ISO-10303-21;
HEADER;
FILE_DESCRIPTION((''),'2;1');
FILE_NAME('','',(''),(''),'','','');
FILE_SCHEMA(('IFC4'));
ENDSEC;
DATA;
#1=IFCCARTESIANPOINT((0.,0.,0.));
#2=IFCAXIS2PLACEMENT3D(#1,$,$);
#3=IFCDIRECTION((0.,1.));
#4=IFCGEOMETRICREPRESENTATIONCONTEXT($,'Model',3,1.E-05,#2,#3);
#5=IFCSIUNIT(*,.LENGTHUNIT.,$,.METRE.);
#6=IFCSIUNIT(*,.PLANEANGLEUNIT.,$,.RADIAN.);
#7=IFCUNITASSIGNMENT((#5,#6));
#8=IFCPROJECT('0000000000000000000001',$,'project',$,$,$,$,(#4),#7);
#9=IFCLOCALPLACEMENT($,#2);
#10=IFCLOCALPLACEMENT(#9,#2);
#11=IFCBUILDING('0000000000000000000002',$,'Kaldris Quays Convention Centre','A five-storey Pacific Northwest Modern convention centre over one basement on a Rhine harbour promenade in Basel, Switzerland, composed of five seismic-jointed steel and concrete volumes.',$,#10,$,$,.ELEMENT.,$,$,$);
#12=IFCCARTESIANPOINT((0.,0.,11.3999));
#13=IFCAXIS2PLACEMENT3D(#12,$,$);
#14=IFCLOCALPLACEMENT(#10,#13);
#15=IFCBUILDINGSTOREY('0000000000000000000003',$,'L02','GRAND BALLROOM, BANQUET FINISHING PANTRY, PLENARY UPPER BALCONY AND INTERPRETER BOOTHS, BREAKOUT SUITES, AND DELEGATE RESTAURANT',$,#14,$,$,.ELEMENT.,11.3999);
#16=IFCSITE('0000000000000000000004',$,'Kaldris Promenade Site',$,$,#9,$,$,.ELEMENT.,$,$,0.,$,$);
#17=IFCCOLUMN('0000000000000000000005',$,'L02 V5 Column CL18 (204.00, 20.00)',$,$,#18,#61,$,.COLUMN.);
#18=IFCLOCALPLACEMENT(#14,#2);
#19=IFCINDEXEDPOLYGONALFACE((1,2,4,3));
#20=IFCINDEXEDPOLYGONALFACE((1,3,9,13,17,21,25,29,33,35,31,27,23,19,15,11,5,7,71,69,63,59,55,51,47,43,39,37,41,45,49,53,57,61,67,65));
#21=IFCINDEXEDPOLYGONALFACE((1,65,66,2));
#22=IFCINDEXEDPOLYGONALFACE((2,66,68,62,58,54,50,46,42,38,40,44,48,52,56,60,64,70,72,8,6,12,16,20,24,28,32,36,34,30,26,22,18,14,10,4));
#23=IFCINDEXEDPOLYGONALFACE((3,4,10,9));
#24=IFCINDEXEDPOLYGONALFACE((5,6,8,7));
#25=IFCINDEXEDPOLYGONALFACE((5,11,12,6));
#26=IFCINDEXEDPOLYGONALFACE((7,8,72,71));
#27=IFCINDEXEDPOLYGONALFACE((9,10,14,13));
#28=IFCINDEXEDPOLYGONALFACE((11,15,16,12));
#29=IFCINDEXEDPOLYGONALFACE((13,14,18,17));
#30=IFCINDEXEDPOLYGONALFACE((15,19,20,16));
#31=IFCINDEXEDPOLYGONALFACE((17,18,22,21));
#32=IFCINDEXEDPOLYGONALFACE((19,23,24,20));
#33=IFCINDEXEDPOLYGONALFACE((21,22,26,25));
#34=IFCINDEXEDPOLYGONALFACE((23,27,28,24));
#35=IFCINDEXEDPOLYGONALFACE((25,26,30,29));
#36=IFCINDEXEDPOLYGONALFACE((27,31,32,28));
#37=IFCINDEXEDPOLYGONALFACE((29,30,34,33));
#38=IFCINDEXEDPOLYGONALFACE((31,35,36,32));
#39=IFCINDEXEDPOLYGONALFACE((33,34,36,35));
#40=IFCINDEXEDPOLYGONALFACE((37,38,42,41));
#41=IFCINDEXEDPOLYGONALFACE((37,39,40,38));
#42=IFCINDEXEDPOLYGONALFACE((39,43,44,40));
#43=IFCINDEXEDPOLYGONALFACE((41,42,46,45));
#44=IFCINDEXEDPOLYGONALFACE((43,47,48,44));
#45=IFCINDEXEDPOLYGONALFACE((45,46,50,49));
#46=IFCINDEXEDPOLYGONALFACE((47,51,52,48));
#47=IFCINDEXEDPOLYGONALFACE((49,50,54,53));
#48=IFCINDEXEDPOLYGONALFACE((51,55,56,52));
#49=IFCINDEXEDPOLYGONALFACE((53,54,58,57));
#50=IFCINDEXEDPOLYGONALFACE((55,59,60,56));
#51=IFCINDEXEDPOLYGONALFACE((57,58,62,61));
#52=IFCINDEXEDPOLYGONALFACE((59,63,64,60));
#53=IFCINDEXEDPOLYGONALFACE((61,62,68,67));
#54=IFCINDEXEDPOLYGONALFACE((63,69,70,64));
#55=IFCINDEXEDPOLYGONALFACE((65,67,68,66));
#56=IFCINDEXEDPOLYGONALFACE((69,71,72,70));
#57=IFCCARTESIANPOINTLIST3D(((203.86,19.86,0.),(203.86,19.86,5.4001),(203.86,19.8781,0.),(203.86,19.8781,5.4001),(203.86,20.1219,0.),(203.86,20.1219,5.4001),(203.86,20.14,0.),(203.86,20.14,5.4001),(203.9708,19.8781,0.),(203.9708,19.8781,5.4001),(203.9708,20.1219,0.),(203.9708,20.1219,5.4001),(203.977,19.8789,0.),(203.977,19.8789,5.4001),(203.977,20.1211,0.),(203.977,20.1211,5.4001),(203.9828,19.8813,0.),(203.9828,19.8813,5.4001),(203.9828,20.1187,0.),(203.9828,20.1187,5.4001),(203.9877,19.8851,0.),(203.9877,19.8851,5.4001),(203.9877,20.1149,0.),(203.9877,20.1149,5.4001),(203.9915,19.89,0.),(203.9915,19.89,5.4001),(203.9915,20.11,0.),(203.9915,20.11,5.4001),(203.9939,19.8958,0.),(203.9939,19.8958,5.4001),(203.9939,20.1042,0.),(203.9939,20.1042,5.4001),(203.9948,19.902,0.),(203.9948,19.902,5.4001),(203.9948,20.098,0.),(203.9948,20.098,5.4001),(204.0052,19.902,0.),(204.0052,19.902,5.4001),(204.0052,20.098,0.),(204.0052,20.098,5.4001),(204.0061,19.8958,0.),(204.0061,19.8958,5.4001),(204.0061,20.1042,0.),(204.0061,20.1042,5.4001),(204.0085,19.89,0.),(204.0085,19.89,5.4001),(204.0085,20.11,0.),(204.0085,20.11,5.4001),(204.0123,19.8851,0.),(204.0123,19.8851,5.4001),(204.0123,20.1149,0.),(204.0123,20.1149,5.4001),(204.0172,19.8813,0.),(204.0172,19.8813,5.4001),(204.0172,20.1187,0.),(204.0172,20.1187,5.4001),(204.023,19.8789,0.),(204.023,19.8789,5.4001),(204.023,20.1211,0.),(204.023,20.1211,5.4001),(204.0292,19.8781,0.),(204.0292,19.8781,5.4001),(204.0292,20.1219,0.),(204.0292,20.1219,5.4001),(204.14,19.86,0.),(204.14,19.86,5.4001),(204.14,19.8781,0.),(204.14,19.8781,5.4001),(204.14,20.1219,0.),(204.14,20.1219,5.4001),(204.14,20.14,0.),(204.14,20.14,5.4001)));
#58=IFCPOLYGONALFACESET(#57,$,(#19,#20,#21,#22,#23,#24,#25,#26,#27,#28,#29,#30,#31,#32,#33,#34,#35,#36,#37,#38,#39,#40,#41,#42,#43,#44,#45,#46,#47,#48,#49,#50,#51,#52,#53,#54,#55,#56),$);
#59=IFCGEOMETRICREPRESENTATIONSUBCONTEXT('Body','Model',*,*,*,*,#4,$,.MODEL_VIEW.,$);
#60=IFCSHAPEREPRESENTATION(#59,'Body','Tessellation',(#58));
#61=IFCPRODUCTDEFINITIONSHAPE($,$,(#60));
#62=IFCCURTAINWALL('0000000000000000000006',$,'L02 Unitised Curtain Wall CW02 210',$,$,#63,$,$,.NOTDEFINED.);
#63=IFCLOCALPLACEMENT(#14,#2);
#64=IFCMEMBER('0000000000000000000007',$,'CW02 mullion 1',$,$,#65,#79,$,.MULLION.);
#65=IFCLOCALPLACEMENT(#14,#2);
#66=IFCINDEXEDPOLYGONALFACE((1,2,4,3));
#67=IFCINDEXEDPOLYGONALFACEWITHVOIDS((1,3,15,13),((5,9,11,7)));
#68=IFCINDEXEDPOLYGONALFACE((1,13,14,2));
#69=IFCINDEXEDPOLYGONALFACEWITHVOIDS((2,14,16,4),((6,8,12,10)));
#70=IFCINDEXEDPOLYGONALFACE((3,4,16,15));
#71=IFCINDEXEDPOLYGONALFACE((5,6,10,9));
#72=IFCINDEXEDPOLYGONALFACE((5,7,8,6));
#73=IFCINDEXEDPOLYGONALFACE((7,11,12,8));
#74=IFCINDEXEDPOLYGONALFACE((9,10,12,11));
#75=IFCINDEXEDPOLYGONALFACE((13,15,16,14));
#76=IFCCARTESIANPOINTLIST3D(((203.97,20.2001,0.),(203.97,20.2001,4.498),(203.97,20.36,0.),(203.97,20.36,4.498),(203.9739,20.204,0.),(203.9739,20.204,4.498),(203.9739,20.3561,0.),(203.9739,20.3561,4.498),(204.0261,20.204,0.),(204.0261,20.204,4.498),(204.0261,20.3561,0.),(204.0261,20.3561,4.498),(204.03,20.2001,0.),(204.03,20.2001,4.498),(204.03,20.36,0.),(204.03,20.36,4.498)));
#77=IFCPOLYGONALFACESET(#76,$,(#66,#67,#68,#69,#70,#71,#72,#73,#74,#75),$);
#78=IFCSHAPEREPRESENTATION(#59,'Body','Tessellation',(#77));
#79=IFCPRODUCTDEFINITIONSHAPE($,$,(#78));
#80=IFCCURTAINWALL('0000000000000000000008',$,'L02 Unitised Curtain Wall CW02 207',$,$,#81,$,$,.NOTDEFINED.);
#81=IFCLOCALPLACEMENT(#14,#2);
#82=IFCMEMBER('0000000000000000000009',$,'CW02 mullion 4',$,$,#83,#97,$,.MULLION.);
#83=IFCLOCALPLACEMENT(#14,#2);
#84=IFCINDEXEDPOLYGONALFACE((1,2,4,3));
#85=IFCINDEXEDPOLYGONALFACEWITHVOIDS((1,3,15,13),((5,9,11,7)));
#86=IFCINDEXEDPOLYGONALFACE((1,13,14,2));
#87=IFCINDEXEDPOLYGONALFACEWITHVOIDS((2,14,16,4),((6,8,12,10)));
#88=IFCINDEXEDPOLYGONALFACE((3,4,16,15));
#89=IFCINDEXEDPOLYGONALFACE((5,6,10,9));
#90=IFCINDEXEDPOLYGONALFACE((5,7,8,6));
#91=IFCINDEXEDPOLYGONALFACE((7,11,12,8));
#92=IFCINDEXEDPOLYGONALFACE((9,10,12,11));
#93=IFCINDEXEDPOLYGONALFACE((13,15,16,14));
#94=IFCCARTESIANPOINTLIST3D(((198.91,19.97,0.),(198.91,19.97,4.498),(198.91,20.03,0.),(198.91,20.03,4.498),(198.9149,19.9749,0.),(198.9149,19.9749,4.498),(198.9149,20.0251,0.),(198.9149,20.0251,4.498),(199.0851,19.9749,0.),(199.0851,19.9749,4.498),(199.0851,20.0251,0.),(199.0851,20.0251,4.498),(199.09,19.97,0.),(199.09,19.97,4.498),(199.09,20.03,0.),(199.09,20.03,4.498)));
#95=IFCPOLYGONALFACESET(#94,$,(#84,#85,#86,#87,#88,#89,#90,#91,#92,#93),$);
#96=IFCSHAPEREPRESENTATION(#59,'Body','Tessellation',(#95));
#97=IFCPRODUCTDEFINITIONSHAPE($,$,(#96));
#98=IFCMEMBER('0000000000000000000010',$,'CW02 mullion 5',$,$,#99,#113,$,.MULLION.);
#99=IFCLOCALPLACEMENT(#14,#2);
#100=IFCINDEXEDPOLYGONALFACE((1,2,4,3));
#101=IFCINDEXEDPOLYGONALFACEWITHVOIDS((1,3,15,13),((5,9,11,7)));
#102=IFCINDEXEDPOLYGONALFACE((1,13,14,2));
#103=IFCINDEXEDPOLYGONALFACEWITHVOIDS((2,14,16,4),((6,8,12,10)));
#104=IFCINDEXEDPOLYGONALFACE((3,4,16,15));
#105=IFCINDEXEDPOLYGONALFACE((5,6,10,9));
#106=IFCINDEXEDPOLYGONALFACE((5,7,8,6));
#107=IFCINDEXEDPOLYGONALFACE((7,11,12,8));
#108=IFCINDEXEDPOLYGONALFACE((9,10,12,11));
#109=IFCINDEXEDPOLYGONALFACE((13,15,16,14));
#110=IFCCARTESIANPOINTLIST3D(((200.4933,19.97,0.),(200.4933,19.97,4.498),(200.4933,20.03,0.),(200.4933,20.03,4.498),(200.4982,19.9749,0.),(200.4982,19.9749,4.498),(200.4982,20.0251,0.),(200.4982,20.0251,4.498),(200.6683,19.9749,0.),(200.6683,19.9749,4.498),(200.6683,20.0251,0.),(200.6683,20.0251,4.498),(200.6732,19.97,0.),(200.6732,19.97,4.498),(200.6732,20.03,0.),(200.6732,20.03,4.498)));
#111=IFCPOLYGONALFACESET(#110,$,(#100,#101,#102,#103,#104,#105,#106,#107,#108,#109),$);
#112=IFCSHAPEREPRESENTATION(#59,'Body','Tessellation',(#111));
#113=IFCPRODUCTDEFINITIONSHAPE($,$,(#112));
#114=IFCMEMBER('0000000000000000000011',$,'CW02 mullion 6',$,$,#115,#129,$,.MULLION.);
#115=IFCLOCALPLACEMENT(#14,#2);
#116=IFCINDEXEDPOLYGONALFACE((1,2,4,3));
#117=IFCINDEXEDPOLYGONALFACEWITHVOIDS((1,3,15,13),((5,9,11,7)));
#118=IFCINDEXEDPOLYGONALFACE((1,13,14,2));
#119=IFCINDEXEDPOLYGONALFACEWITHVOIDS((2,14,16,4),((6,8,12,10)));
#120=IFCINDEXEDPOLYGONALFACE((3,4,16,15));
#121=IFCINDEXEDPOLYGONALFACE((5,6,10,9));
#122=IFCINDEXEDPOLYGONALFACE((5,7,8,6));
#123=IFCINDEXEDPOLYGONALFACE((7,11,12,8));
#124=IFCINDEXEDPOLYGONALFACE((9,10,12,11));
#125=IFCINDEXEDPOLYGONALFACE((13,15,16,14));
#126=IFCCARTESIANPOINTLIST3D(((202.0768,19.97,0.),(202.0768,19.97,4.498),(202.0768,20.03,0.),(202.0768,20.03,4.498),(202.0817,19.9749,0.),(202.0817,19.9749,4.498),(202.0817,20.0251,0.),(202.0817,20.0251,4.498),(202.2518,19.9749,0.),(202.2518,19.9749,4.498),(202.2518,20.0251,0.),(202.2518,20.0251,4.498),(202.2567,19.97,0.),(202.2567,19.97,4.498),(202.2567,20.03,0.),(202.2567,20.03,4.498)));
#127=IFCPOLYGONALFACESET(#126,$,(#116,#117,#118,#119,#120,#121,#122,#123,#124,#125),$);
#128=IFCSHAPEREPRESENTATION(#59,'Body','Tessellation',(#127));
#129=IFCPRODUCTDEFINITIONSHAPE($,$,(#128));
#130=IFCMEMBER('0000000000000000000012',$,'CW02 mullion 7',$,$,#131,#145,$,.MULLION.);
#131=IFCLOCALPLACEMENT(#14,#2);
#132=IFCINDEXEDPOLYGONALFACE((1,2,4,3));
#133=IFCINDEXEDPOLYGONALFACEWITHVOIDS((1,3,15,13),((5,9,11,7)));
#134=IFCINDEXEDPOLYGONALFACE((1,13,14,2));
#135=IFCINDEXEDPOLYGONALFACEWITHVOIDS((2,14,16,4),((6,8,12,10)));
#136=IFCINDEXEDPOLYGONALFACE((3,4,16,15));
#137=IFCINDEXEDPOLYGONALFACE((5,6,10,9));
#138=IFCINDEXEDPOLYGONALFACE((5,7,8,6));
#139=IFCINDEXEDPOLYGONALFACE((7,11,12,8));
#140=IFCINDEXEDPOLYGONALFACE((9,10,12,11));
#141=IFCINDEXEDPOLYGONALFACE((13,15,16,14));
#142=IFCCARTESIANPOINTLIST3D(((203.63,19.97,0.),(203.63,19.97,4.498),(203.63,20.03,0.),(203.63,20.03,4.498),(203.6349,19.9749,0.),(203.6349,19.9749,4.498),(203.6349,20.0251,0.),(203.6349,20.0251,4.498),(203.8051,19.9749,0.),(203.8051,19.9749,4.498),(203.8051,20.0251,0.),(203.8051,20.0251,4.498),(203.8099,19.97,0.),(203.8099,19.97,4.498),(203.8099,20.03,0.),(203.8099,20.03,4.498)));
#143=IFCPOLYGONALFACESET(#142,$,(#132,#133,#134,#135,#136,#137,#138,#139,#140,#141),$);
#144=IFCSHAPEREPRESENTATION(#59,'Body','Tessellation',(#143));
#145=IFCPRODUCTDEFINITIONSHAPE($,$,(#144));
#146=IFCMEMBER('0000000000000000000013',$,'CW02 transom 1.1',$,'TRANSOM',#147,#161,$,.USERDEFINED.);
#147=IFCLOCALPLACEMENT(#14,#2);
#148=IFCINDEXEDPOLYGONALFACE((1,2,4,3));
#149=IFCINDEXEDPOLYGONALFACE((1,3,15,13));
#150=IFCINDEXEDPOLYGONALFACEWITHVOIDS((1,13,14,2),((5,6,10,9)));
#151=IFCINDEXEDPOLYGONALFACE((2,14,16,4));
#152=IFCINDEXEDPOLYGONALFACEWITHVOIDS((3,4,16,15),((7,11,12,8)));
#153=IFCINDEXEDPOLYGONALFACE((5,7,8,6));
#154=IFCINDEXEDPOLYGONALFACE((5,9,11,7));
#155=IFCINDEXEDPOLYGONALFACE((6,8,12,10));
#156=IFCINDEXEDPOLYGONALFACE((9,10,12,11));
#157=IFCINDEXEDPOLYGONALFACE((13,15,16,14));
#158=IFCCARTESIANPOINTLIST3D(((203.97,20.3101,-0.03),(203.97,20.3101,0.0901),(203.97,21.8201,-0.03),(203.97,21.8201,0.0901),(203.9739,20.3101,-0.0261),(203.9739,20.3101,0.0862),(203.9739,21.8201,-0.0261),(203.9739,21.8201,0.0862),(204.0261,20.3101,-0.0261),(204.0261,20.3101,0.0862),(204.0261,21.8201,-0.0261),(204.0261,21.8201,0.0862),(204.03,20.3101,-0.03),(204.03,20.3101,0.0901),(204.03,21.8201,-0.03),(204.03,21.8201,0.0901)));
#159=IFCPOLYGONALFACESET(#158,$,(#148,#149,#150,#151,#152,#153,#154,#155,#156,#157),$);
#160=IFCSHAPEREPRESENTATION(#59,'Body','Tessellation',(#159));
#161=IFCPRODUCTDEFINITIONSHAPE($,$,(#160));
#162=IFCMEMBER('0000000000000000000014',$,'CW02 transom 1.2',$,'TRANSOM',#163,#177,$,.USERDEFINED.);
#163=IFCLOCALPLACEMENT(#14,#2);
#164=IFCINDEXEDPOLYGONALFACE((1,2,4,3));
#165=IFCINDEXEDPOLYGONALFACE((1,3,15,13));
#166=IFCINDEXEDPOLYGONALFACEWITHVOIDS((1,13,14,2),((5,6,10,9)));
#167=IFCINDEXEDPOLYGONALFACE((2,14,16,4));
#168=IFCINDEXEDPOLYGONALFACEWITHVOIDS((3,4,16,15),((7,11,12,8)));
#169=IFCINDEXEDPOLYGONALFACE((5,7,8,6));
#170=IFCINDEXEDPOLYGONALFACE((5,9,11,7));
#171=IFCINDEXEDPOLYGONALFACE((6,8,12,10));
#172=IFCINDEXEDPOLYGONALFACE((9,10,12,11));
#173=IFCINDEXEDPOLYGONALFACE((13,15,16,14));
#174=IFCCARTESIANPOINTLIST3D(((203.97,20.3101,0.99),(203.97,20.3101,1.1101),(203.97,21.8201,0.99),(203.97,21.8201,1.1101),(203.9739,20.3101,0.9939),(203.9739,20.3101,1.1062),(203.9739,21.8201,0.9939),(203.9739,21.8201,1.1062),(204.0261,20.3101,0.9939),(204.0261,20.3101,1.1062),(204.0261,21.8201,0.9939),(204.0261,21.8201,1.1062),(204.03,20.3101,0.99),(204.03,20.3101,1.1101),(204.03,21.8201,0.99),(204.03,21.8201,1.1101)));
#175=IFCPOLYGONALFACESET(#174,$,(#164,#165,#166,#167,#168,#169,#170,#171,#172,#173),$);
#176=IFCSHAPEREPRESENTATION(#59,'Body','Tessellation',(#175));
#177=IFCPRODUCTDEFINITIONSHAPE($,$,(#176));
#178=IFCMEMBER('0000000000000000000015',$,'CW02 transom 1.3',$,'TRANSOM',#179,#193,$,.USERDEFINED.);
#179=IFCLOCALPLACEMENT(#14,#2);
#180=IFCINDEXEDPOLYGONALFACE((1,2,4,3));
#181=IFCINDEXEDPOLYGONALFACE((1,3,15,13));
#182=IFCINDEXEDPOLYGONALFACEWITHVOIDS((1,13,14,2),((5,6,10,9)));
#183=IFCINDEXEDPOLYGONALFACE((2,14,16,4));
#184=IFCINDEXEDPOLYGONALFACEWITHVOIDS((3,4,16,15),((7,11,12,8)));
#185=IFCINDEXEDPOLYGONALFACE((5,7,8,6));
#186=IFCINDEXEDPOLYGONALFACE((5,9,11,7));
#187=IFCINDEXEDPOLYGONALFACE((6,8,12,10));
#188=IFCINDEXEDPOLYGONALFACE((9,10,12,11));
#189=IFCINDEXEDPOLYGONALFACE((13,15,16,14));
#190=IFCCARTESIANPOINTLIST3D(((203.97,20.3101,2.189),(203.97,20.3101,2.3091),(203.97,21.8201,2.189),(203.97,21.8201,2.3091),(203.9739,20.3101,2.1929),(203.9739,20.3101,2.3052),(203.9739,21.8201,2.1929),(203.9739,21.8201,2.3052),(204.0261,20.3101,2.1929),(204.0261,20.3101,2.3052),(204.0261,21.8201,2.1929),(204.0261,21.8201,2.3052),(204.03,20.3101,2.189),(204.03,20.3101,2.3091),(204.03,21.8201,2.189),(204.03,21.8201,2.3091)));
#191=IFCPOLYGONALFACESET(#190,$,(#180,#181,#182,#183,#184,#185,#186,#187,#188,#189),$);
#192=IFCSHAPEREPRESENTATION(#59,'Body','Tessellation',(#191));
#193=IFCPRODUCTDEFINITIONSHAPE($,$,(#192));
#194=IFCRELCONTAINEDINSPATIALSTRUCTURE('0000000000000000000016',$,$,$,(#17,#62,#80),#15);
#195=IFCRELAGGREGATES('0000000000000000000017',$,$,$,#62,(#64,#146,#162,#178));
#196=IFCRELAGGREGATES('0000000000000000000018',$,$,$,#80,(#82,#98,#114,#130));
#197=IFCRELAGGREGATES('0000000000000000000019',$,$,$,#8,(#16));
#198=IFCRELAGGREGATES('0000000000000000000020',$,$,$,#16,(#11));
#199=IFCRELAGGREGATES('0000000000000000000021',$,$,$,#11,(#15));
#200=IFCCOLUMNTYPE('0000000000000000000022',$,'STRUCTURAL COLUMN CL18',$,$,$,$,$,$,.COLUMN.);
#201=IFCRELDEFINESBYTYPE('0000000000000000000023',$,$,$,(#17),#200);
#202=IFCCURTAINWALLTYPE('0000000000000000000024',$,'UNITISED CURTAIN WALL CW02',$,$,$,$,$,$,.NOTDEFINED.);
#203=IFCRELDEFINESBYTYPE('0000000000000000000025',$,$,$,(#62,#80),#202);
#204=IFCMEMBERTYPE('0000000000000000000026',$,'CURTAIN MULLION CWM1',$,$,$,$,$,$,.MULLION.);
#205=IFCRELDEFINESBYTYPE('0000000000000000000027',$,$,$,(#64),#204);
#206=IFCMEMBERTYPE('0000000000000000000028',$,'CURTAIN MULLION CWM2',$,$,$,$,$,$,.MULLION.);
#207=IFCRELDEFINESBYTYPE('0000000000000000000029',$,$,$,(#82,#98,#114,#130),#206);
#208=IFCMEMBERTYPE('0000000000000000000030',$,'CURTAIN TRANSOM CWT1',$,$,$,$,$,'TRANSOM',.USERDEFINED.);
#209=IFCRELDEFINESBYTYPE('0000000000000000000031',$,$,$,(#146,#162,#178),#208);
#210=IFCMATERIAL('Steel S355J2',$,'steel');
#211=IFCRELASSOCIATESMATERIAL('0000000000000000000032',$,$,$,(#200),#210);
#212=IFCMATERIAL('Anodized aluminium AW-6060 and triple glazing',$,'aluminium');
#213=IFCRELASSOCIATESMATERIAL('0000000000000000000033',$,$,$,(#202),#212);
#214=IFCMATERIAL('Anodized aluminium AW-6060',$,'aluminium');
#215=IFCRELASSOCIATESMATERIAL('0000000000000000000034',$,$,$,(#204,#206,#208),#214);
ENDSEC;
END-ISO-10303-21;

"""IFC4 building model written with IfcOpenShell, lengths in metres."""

from ifc_helpers import new_model, si_unit, direction, frame, origin, origin_2d, place, context, subcontext, project, spatial, hollow_rectangle, i_section, extrude, material, material_profile, profile_set, type_object, element, aggregate, save


model = new_model("IFC4")

# Units and contexts
model_context = context("Model", 3, precision=1e-05, world=origin(), true_north=direction((0.0, 1.0)))
body_context = subcontext(model_context, "Body", "Model", "MODEL_VIEW")
ifc_project = project(units=[si_unit("LENGTHUNIT", "METRE"), si_unit("PLANEANGLEUNIT", "RADIAN")], contexts=[model_context])

# Site, building, storey
site_placement = place(None, origin())
site = spatial("IfcSite", under=ifc_project, at=site_placement, Name="Kaldris Promenade Site", CompositionType="ELEMENT", RefElevation=0.0)
building_placement = place(site_placement, origin())
building = spatial("IfcBuilding", under=site, at=building_placement, Name="Kaldris Quays Convention Centre", Description="A five-storey Pacific Northwest Modern convention centre over one basement on a Rhine harbour promenade in Basel, Switzerland, composed of five seismic-jointed steel and concrete volumes.", CompositionType="ELEMENT")
storey_placement = place(building_placement, frame((0.0, 0.0, 11.3999)))
storey = spatial("IfcBuildingStorey", under=building, at=storey_placement, Name="L02", Description="GRAND BALLROOM, BANQUET FINISHING PANTRY, PLENARY UPPER BALCONY AND INTERPRETER BOOTHS, BREAKOUT SUITES, AND DELEGATE RESTAURANT", CompositionType="ELEMENT", Elevation=11.3999)

# Column
ifc_material_1 = material(Name="Steel S355J2", Category="steel")
ifc_material_profile_1 = material_profile(ifc_material_1, i_section(OverallWidth=0.28, OverallDepth=0.28, WebThickness=0.0105, FlangeThickness=0.0181, FilletRadius=0.0239, at=origin_2d()), Name="HEB 280")
ifc_profile_set_1 = profile_set([ifc_material_profile_1], Name="Steel S355J2")
column_type = type_object("IfcColumnType", Name="STRUCTURAL COLUMN CL18", PredefinedType="COLUMN", material=ifc_profile_set_1)
column_placement = place(storey_placement, frame((204.0, 20.0, 0.0), z_axis=(0.0, 0.0, 1.0), x_axis=(1.0, 0.0, 0.0)))
element("IfcColumn", 1, at=column_placement, inside=storey, type_object=column_type, Name="L02 V5 Column CL18 (204.00, 20.00)", PredefinedType="COLUMN", context=body_context, shape_type="SweptSolid", body=[
    extrude(i_section(OverallWidth=0.28, OverallDepth=0.28, WebThickness=0.0105, FlangeThickness=0.0181, FilletRadius=0.0239, at=origin_2d()), origin(), (0.0, 0.0, 1.0), 5.4001),
])

# Curtain wall, member
ifc_material_2 = material(Name="Anodized aluminium AW-6060 and triple glazing", Category="aluminium")
curtain_wall_type = type_object("IfcCurtainWallType", Name="UNITISED CURTAIN WALL CW02", PredefinedType="NOTDEFINED", material=ifc_material_2)
curtain_wall_1_placement = place(storey_placement, origin())
curtain_wall_1 = element("IfcCurtainWall", 2, at=curtain_wall_1_placement, inside=storey, type_object=curtain_wall_type, Name="L02 Unitised Curtain Wall CW02 210", PredefinedType="NOTDEFINED")
ifc_material_3 = material(Name="Anodized aluminium AW-6060", Category="aluminium")
ifc_material_profile_2 = material_profile(ifc_material_3, hollow_rectangle(XDim=0.0601, YDim=0.1599, WallThickness=0.0039, at=origin_2d()), Name="RHS 160x60x4")
ifc_profile_set_2 = profile_set([ifc_material_profile_2], Name="Anodized aluminium AW-6060")
member_type_1 = type_object("IfcMemberType", Name="CURTAIN MULLION CWM1", PredefinedType="MULLION", material=ifc_profile_set_2)
member_1_placement = place(storey_placement, frame((204.0, 20.28, 0.0), z_axis=(0.0, 0.0, 1.0), x_axis=(-1.0, 0.0, 0.0)))
member_1 = element("IfcMember", 3, at=member_1_placement, type_object=member_type_1, Name="CW02 mullion 1", PredefinedType="MULLION", context=body_context, shape_type="SweptSolid", body=[
    extrude(hollow_rectangle(XDim=0.0601, YDim=0.1599, WallThickness=0.0039, at=origin_2d()), origin(), (0.0, 0.0, 1.0), 4.498),
])

# Curtain wall, members
curtain_wall_2_placement = place(storey_placement, origin())
curtain_wall_2 = element("IfcCurtainWall", 4, at=curtain_wall_2_placement, inside=storey, type_object=curtain_wall_type, Name="L02 Unitised Curtain Wall CW02 207", PredefinedType="NOTDEFINED")
ifc_material_profile_3 = material_profile(ifc_material_3, hollow_rectangle(XDim=0.0601, YDim=0.1799, WallThickness=0.0049, at=origin_2d()), Name="RHS 180x60x5")
ifc_profile_set_3 = profile_set([ifc_material_profile_3], Name="Anodized aluminium AW-6060")
member_type_2 = type_object("IfcMemberType", Name="CURTAIN MULLION CWM2", PredefinedType="MULLION", material=ifc_profile_set_3)
member_2_placement = place(storey_placement, frame((199.0, 20.0, 0.0), z_axis=(0.0, 0.0, 1.0), x_axis=(0.0, 1.0, 0.0)))
member_2 = element("IfcMember", 5, at=member_2_placement, type_object=member_type_2, Name="CW02 mullion 4", PredefinedType="MULLION", context=body_context, shape_type="SweptSolid", body=[
    extrude(hollow_rectangle(XDim=0.0601, YDim=0.1799, WallThickness=0.0049, at=origin_2d()), origin(), (0.0, 0.0, 1.0), 4.498),
])
member_3_placement = place(storey_placement, frame((200.5833, 20.0, 0.0), z_axis=(0.0, 0.0, 1.0), x_axis=(0.0, 1.0, 0.0)))
member_3 = element("IfcMember", 6, at=member_3_placement, type_object=member_type_2, Name="CW02 mullion 5", PredefinedType="MULLION", context=body_context, shape_type="SweptSolid", body=[
    extrude(hollow_rectangle(XDim=0.0601, YDim=0.1799, WallThickness=0.0049, at=origin_2d()), origin(), (0.0, 0.0, 1.0), 4.498),
])
member_4_placement = place(storey_placement, frame((202.1667, 20.0, 0.0), z_axis=(0.0, 0.0, 1.0), x_axis=(0.0, 1.0, 0.0)))
member_4 = element("IfcMember", 7, at=member_4_placement, type_object=member_type_2, Name="CW02 mullion 6", PredefinedType="MULLION", context=body_context, shape_type="SweptSolid", body=[
    extrude(hollow_rectangle(XDim=0.0601, YDim=0.1799, WallThickness=0.0049, at=origin_2d()), origin(), (0.0, 0.0, 1.0), 4.498),
])
member_5_placement = place(storey_placement, frame((203.72, 20.0, 0.0), z_axis=(0.0, 0.0, 1.0), x_axis=(0.0, 1.0, 0.0)))
member_5 = element("IfcMember", 8, at=member_5_placement, type_object=member_type_2, Name="CW02 mullion 7", PredefinedType="MULLION", context=body_context, shape_type="SweptSolid", body=[
    extrude(hollow_rectangle(XDim=0.0601, YDim=0.1799, WallThickness=0.0049, at=origin_2d()), origin(), (0.0, 0.0, 1.0), 4.498),
])

# Members
ifc_material_profile_4 = material_profile(ifc_material_3, hollow_rectangle(XDim=0.0601, YDim=0.1201, WallThickness=0.0039, at=origin_2d()), Name="RHS 120x60x4")
ifc_profile_set_4 = profile_set([ifc_material_profile_4], Name="Anodized aluminium AW-6060")
member_type_3 = type_object("IfcMemberType", Name="CURTAIN TRANSOM CWT1", ElementType="TRANSOM", PredefinedType="USERDEFINED", material=ifc_profile_set_4)
member_6_placement = place(storey_placement, frame((204.0, 20.3101, 0.03), z_axis=(0.0, 1.0, 0.0), x_axis=(-1.0, 0.0, 0.0)))
member_6 = element("IfcMember", 9, at=member_6_placement, type_object=member_type_3, Name="CW02 transom 1.1", ObjectType="TRANSOM", PredefinedType="USERDEFINED", context=body_context, shape_type="SweptSolid", body=[
    extrude(hollow_rectangle(XDim=0.0601, YDim=0.1201, WallThickness=0.0039, at=origin_2d()), origin(), (0.0, 0.0, 1.0), 1.51),
])
member_7_placement = place(storey_placement, frame((204.0, 20.3101, 1.05), z_axis=(0.0, 1.0, 0.0), x_axis=(-1.0, 0.0, 0.0)))
member_7 = element("IfcMember", 10, at=member_7_placement, type_object=member_type_3, Name="CW02 transom 1.2", ObjectType="TRANSOM", PredefinedType="USERDEFINED", context=body_context, shape_type="SweptSolid", body=[
    extrude(hollow_rectangle(XDim=0.0601, YDim=0.1201, WallThickness=0.0039, at=origin_2d()), origin(), (0.0, 0.0, 1.0), 1.51),
])
member_8_placement = place(storey_placement, frame((204.0, 20.3101, 2.249), z_axis=(0.0, 1.0, 0.0), x_axis=(-1.0, 0.0, 0.0)))
member_8 = element("IfcMember", 11, at=member_8_placement, type_object=member_type_3, Name="CW02 transom 1.3", ObjectType="TRANSOM", PredefinedType="USERDEFINED", context=body_context, shape_type="SweptSolid", body=[
    extrude(hollow_rectangle(XDim=0.0601, YDim=0.1201, WallThickness=0.0039, at=origin_2d()), origin(), (0.0, 0.0, 1.0), 1.51),
])
aggregate(curtain_wall_1, [member_1, member_6, member_7, member_8])

aggregate(curtain_wall_2, [member_2, member_3, member_4, member_5])

save(model, "model.ifc")
